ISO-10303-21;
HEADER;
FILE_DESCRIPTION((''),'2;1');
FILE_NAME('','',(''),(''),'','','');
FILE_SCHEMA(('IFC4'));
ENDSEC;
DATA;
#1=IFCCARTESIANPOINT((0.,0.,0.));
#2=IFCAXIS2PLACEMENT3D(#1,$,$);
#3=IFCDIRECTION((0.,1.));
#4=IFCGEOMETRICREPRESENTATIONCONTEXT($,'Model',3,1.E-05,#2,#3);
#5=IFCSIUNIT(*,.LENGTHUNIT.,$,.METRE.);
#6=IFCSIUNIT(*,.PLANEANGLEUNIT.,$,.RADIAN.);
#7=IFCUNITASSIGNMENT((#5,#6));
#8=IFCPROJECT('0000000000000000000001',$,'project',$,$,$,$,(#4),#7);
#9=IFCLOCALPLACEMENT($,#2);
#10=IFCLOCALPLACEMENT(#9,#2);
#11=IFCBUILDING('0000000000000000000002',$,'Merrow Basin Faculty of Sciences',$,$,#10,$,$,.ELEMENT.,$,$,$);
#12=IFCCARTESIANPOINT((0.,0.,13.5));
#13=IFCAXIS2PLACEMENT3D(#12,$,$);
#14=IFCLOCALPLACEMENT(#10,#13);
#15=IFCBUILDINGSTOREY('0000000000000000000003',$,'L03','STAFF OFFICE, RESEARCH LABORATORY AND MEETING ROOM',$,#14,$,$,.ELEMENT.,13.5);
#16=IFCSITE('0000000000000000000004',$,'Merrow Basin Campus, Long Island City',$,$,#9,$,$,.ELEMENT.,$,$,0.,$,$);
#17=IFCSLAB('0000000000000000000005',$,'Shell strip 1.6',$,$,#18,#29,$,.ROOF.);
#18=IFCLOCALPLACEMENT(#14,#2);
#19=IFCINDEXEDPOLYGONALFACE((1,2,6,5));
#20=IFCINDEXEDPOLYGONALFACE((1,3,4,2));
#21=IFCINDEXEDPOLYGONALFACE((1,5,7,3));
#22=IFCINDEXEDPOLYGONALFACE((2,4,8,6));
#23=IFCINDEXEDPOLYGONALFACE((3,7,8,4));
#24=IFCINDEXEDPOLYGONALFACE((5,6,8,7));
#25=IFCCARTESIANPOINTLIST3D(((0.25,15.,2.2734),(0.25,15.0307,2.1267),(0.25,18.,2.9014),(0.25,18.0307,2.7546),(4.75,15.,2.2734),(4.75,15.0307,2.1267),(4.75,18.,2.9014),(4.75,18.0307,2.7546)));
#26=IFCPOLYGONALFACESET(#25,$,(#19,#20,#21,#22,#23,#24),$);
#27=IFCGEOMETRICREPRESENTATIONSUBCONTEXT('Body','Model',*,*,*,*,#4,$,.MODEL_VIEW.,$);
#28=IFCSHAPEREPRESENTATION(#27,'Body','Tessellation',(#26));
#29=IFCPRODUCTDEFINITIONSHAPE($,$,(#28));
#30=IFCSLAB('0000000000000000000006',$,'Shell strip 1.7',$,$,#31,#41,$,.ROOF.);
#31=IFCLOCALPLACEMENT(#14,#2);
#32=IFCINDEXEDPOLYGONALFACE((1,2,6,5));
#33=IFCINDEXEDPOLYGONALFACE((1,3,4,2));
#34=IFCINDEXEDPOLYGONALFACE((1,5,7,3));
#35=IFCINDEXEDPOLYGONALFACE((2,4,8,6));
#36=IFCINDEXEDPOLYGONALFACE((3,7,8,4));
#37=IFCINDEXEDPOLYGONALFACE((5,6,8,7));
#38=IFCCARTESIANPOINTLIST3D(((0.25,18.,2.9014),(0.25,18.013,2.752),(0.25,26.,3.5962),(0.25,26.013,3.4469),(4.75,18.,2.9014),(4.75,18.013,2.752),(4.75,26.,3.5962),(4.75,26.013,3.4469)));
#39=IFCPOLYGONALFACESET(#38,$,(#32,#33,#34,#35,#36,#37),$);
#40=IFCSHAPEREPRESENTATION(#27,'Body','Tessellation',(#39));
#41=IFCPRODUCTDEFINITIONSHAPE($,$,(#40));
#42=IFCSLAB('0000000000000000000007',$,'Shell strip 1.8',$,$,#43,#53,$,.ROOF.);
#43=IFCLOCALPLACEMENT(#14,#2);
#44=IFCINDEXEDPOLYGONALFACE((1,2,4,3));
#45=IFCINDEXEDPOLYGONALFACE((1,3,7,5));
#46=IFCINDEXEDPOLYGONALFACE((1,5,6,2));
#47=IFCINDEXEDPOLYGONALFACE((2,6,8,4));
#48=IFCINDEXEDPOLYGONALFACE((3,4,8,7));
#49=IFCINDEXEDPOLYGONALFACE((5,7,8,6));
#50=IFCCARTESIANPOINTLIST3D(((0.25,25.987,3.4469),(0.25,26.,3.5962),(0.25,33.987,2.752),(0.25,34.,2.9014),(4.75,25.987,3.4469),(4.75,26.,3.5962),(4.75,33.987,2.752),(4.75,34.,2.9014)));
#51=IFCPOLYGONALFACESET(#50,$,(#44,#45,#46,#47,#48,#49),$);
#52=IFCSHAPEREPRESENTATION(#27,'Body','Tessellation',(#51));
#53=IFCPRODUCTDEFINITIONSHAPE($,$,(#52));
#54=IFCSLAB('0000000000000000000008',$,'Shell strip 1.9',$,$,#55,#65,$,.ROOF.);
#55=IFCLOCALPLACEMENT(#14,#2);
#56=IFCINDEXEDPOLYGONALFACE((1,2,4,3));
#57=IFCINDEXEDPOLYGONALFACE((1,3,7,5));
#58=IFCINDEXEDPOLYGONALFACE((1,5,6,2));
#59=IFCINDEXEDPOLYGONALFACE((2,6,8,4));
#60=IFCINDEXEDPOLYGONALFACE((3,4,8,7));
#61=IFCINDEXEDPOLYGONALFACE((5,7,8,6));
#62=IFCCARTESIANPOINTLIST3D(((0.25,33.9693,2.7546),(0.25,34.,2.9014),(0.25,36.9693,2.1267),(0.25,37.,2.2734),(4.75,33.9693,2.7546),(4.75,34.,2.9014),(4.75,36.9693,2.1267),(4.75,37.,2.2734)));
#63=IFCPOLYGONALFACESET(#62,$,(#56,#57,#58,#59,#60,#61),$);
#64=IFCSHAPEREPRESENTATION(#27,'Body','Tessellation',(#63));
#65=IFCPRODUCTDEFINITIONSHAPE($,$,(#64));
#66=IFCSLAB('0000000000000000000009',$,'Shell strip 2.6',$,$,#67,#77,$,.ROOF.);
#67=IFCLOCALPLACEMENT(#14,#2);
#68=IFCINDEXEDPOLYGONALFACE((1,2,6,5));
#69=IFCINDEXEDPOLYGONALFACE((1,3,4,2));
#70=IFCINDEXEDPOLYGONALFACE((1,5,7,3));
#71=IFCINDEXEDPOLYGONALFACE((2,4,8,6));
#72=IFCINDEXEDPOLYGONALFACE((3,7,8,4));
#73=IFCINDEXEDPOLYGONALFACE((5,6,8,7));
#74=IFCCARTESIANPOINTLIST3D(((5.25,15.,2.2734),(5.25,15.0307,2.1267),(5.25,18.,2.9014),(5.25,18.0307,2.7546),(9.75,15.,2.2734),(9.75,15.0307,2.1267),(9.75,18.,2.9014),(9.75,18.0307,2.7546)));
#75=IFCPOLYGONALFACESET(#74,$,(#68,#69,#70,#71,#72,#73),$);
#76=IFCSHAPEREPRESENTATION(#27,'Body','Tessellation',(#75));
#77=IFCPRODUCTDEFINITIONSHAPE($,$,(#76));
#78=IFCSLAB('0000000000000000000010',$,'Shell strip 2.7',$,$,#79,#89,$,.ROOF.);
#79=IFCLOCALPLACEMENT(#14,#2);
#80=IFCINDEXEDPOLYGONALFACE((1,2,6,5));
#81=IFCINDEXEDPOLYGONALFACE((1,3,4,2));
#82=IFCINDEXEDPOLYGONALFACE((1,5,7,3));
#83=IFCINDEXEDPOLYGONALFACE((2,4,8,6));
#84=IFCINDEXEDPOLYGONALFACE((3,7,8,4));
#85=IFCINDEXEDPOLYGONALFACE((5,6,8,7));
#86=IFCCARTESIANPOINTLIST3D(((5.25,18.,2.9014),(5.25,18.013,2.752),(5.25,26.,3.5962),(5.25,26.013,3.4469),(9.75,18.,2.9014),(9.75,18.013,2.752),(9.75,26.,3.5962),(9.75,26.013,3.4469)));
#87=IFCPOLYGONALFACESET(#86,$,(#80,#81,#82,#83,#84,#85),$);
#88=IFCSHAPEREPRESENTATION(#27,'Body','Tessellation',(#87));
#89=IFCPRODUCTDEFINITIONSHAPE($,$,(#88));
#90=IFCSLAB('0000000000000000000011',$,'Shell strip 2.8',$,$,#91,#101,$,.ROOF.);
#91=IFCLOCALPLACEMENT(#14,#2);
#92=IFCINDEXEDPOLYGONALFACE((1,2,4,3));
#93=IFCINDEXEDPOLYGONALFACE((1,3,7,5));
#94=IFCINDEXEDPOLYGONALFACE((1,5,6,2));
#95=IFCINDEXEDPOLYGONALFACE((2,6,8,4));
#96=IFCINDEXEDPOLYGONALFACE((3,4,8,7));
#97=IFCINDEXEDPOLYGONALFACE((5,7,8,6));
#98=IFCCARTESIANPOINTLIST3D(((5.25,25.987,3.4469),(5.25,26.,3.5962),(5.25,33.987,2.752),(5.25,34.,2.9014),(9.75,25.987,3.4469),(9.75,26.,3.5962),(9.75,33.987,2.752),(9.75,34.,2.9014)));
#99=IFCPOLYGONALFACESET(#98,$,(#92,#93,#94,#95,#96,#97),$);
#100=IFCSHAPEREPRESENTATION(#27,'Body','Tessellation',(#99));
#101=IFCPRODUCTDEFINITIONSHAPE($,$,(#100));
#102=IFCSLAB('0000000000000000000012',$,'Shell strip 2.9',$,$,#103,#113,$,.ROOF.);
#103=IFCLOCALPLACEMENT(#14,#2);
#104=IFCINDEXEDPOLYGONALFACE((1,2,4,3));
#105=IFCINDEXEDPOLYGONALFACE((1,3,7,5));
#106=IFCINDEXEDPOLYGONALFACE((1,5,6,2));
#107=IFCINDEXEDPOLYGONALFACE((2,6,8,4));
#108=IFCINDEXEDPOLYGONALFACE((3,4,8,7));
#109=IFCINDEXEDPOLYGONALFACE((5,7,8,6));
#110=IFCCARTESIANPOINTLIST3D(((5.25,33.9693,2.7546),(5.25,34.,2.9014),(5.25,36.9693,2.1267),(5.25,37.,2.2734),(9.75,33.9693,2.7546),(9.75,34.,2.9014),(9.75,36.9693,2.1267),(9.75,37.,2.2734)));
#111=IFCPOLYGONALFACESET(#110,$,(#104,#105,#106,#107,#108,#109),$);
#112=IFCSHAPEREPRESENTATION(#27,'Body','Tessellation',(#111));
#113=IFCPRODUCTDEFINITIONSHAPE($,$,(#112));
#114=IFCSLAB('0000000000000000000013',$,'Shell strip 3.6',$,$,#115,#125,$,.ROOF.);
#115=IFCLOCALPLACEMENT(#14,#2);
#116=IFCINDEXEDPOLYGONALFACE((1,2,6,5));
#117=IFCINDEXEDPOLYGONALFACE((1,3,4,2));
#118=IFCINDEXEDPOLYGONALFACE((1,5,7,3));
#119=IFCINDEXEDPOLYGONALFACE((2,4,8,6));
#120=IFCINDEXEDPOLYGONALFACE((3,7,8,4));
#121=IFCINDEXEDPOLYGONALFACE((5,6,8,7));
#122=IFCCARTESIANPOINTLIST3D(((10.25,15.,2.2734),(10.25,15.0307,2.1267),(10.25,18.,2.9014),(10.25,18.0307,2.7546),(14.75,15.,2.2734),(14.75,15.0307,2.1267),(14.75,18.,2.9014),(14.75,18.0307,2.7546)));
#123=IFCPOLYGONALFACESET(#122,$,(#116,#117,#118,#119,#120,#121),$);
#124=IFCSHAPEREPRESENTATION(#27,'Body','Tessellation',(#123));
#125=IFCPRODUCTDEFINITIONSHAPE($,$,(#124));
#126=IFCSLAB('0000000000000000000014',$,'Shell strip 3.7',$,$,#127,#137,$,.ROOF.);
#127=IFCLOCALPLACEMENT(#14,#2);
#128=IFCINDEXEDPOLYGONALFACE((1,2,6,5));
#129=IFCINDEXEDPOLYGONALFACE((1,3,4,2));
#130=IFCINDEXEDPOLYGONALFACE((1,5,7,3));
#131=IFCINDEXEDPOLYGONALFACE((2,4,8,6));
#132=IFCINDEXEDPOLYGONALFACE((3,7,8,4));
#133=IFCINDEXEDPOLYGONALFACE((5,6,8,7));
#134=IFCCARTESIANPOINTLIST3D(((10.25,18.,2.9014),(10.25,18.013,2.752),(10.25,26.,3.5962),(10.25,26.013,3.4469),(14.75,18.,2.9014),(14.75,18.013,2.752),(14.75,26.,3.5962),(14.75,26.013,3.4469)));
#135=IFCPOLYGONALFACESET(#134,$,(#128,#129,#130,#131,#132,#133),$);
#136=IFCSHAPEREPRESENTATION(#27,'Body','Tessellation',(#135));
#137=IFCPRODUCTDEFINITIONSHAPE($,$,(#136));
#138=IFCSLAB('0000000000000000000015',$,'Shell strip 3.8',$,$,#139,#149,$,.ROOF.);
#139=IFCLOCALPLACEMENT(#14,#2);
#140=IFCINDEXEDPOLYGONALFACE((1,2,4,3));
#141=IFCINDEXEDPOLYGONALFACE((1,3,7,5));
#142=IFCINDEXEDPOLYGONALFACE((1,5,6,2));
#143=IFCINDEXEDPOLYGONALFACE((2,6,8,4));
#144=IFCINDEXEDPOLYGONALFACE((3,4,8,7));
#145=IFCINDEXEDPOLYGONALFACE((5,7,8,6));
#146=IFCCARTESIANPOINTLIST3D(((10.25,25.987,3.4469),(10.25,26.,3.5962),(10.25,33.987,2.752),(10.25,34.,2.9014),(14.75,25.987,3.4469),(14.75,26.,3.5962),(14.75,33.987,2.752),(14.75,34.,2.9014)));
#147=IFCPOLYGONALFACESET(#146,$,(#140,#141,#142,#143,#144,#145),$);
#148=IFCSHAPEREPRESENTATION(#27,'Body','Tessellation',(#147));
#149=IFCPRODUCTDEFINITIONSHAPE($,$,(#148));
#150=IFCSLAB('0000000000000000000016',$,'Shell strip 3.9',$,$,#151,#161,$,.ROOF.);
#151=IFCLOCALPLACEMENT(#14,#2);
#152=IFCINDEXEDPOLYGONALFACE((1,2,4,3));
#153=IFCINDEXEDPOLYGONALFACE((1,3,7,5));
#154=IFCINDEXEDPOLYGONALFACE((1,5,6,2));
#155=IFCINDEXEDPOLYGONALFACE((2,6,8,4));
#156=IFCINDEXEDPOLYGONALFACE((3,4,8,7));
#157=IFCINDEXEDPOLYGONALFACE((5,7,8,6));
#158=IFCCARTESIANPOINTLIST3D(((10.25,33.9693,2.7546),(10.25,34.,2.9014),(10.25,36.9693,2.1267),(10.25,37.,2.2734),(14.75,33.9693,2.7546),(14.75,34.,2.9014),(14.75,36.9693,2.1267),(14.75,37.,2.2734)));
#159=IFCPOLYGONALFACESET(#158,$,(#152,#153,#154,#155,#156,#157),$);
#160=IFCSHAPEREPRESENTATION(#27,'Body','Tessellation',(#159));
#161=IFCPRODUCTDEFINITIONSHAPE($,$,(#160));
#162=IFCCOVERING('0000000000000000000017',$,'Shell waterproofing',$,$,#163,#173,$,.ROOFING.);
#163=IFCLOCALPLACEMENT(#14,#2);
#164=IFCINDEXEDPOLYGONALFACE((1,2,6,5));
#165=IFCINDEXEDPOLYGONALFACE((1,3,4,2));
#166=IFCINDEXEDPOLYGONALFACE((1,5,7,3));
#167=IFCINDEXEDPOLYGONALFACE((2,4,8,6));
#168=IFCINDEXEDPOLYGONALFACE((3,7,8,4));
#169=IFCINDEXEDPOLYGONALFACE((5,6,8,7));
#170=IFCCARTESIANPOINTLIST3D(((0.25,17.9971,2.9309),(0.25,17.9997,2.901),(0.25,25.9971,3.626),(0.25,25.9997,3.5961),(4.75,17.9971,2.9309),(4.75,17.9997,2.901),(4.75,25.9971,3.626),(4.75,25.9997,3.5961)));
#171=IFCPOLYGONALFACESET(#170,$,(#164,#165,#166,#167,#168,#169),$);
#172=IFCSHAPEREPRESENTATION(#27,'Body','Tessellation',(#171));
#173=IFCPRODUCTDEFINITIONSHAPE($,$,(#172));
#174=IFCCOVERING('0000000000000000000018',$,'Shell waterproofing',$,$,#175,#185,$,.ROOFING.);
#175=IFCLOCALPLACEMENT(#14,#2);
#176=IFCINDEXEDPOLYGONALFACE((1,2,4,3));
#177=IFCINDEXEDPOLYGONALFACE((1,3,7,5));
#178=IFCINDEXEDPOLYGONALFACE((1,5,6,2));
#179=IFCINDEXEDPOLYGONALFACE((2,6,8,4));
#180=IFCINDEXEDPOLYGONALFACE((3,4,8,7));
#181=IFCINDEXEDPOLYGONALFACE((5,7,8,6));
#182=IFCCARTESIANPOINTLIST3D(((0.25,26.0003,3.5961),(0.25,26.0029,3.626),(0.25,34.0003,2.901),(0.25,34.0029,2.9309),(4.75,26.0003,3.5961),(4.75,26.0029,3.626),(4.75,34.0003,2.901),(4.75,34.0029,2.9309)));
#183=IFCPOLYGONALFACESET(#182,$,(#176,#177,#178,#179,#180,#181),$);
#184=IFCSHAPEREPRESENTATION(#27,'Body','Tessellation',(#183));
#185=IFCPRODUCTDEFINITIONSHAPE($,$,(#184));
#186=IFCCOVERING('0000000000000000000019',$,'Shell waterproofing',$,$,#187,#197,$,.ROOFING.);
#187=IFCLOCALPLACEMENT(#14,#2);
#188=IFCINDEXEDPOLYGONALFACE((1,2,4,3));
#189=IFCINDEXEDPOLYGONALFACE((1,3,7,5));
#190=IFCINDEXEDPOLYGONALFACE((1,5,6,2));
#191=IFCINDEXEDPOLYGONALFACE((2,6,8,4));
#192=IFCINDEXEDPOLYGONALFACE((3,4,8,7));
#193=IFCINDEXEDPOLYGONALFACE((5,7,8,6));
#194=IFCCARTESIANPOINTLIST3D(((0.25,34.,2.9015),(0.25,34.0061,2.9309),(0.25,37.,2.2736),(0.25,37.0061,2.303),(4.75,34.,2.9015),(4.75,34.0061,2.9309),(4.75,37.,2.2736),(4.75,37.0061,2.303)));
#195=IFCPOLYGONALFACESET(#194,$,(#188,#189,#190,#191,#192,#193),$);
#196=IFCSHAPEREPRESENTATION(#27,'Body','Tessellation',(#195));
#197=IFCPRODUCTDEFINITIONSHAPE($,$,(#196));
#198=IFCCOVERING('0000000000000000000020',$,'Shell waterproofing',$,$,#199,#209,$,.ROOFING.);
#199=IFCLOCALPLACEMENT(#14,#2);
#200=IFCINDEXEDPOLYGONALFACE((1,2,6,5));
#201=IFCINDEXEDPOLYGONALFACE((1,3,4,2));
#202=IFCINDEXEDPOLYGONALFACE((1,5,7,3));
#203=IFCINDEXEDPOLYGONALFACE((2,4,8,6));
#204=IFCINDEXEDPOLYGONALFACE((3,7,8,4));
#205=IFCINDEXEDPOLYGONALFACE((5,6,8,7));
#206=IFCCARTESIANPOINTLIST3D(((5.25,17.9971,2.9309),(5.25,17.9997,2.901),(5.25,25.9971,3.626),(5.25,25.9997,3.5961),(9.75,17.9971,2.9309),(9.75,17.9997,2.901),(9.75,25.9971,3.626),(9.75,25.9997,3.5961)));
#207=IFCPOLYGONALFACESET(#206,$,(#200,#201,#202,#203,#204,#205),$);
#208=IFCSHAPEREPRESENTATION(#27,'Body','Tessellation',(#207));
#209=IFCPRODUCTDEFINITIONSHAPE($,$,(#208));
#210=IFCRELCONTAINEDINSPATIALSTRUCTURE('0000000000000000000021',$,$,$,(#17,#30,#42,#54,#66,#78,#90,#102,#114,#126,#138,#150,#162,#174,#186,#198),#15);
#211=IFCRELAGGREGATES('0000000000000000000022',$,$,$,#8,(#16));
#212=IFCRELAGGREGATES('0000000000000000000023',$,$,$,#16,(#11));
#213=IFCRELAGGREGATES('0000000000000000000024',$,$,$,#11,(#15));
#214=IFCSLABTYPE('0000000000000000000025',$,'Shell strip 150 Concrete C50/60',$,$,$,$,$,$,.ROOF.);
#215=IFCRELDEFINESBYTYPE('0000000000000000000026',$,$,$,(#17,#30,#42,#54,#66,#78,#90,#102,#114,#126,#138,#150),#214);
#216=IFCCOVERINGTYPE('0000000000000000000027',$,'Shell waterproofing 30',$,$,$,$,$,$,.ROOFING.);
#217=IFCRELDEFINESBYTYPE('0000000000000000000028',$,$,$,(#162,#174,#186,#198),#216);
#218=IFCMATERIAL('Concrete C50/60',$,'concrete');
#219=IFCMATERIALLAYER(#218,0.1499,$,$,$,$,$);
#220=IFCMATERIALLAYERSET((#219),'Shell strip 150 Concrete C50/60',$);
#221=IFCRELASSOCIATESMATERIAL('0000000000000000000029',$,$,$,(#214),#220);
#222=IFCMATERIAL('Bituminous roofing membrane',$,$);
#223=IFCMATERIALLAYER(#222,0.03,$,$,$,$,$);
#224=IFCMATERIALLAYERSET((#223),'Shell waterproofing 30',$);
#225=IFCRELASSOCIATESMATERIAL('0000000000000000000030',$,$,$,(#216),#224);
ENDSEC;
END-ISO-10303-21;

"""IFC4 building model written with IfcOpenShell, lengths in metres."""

from ifc_helpers import new_model, si_unit, direction, frame, origin, place, context, subcontext, project, spatial, polyline, outline, extrude, material, layer, layer_set, type_object, element, save


model = new_model("IFC4")

# Units and contexts
model_context = context("Model", 3, precision=1e-05, world=origin(), true_north=direction((0.0, 1.0)))
body_context = subcontext(model_context, "Body", "Model", "MODEL_VIEW")
ifc_project = project(units=[si_unit("LENGTHUNIT", "METRE"), si_unit("PLANEANGLEUNIT", "RADIAN")], contexts=[model_context])

# Site, building, storey
site_placement = place(None, origin())
site = spatial("IfcSite", under=ifc_project, at=site_placement, Name="Merrow Basin Campus, Long Island City", CompositionType="ELEMENT", RefElevation=0.0)
building_placement = place(site_placement, origin())
building = spatial("IfcBuilding", under=site, at=building_placement, Name="Merrow Basin Faculty of Sciences", CompositionType="ELEMENT")
storey_placement = place(building_placement, frame((0.0, 0.0, 13.5)))
storey = spatial("IfcBuildingStorey", under=building, at=storey_placement, Name="L03", Description="STAFF OFFICE, RESEARCH LABORATORY AND MEETING ROOM", CompositionType="ELEMENT", Elevation=13.5)

# Slabs
ifc_material_1 = material(Name="Concrete C50/60", Category="concrete")
ifc_layer_1 = layer(ifc_material_1, 0.1499)
ifc_layer_set_1 = layer_set([ifc_layer_1], Name="Shell strip 150 Concrete C50/60")
slab_type = type_object("IfcSlabType", Name="Shell strip 150 Concrete C50/60", PredefinedType="ROOF", material=ifc_layer_set_1)
slab_1_placement = place(storey_placement, frame((0.25, 15.0, 2.2734), z_axis=(0.0, -0.20487, 0.978789), x_axis=(1.0, 0.0, 0.0)))
element("IfcSlab", 1, at=slab_1_placement, inside=storey, type_object=slab_type, Name="Shell strip 1.6", PredefinedType="ROOF", context=body_context, shape_type="SweptSolid", body=[
    extrude(outline(polyline([(0.0, 0.0), (4.5, 0.0), (4.5, 3.065), (0.0, 3.065), (0.0, 0.0)])), origin(), (0.0, 0.0, -1.0), 0.1499),
])
for number, where, z_axis, x_axis, name in (
    (2, (0.25, 18.0, 2.9014), (0.0, -0.086527, 0.996249), (1.0, 0.0, 0.0), "Shell strip 1.7"),
    (3, (0.25, 26.0, 3.5962), (0.0, 0.086527, 0.996249), (1.0, 0.0, 0.0), "Shell strip 1.8"),
):
    element("IfcSlab", number, at=place(storey_placement, frame(where, z_axis=z_axis, x_axis=x_axis)), inside=storey, type_object=slab_type, Name=name, PredefinedType="ROOF", context=body_context, shape_type="SweptSolid", body=[
        extrude(outline(polyline([(0.0, 0.0), (4.5, 0.0), (4.5, 8.0301), (0.0, 8.0301), (0.0, 0.0)])), origin(), (0.0, 0.0, -1.0), 0.1499),
    ])
for number, where, z_axis, x_axis, name in (
    (4, (0.25, 34.0, 2.9014), (0.0, 0.20487, 0.978789), (1.0, 0.0, 0.0), "Shell strip 1.9"),
    (5, (5.25, 15.0, 2.2734), (0.0, -0.20487, 0.978789), (1.0, 0.0, 0.0), "Shell strip 2.6"),
):
    element("IfcSlab", number, at=place(storey_placement, frame(where, z_axis=z_axis, x_axis=x_axis)), inside=storey, type_object=slab_type, Name=name, PredefinedType="ROOF", context=body_context, shape_type="SweptSolid", body=[
        extrude(outline(polyline([(0.0, 0.0), (4.5, 0.0), (4.5, 3.065), (0.0, 3.065), (0.0, 0.0)])), origin(), (0.0, 0.0, -1.0), 0.1499),
    ])
for number, where, z_axis, x_axis, name in (
    (6, (5.25, 18.0, 2.9014), (0.0, -0.086527, 0.996249), (1.0, 0.0, 0.0), "Shell strip 2.7"),
    (7, (5.25, 26.0, 3.5962), (0.0, 0.086527, 0.996249), (1.0, 0.0, 0.0), "Shell strip 2.8"),
):
    element("IfcSlab", number, at=place(storey_placement, frame(where, z_axis=z_axis, x_axis=x_axis)), inside=storey, type_object=slab_type, Name=name, PredefinedType="ROOF", context=body_context, shape_type="SweptSolid", body=[
        extrude(outline(polyline([(0.0, 0.0), (4.5, 0.0), (4.5, 8.0301), (0.0, 8.0301), (0.0, 0.0)])), origin(), (0.0, 0.0, -1.0), 0.1499),
    ])
for number, where, z_axis, x_axis, name in (
    (8, (5.25, 34.0, 2.9014), (0.0, 0.20487, 0.978789), (1.0, 0.0, 0.0), "Shell strip 2.9"),
    (9, (10.25, 15.0, 2.2734), (0.0, -0.20487, 0.978789), (1.0, 0.0, 0.0), "Shell strip 3.6"),
):
    element("IfcSlab", number, at=place(storey_placement, frame(where, z_axis=z_axis, x_axis=x_axis)), inside=storey, type_object=slab_type, Name=name, PredefinedType="ROOF", context=body_context, shape_type="SweptSolid", body=[
        extrude(outline(polyline([(0.0, 0.0), (4.5, 0.0), (4.5, 3.065), (0.0, 3.065), (0.0, 0.0)])), origin(), (0.0, 0.0, -1.0), 0.1499),
    ])
for number, where, z_axis, x_axis, name in (
    (10, (10.25, 18.0, 2.9014), (0.0, -0.086527, 0.996249), (1.0, 0.0, 0.0), "Shell strip 3.7"),
    (11, (10.25, 26.0, 3.5962), (0.0, 0.086527, 0.996249), (1.0, 0.0, 0.0), "Shell strip 3.8"),
):
    element("IfcSlab", number, at=place(storey_placement, frame(where, z_axis=z_axis, x_axis=x_axis)), inside=storey, type_object=slab_type, Name=name, PredefinedType="ROOF", context=body_context, shape_type="SweptSolid", body=[
        extrude(outline(polyline([(0.0, 0.0), (4.5, 0.0), (4.5, 8.0301), (0.0, 8.0301), (0.0, 0.0)])), origin(), (0.0, 0.0, -1.0), 0.1499),
    ])
slab_2_placement = place(storey_placement, frame((10.25, 34.0, 2.9014), z_axis=(0.0, 0.20487, 0.978789), x_axis=(1.0, 0.0, 0.0)))
element("IfcSlab", 12, at=slab_2_placement, inside=storey, type_object=slab_type, Name="Shell strip 3.9", PredefinedType="ROOF", context=body_context, shape_type="SweptSolid", body=[
    extrude(outline(polyline([(0.0, 0.0), (4.5, 0.0), (4.5, 3.065), (0.0, 3.065), (0.0, 0.0)])), origin(), (0.0, 0.0, -1.0), 0.1499),
])

# Coverings
ifc_material_2 = material(Name="Bituminous roofing membrane")
ifc_layer_2 = layer(ifc_material_2, 0.03)
ifc_layer_set_2 = layer_set([ifc_layer_2], Name="Shell waterproofing 30")
covering_type = type_object("IfcCoveringType", Name="Shell waterproofing 30", PredefinedType="ROOFING", material=ifc_layer_set_2)
for number, where, z_axis, x_axis, name in (
    (13, (0.25, 17.9971, 2.9309), (0.0, -0.086557, 0.996247), (1.0, 0.0, 0.0), "Shell waterproofing"),
    (14, (0.25, 26.0029, 3.626), (0.0, 0.086557, 0.996247), (1.0, 0.0, 0.0), "Shell waterproofing"),
):
    element("IfcCovering", number, at=place(storey_placement, frame(where, z_axis=z_axis, x_axis=x_axis)), inside=storey, type_object=covering_type, Name=name, PredefinedType="ROOFING", context=body_context, shape_type="SweptSolid", body=[
        extrude(outline(polyline([(0.0, 0.0), (4.5, 0.0), (4.5, 8.0301), (0.0, 8.0301), (0.0, 0.0)])), origin(), (0.0, 0.0, -1.0), 0.03),
    ])
covering_1_placement = place(storey_placement, frame((0.25, 34.0061, 2.9309), z_axis=(0.0, 0.20487, 0.978789), x_axis=(1.0, 0.0, 0.0)))
element("IfcCovering", 15, at=covering_1_placement, inside=storey, type_object=covering_type, Name="Shell waterproofing", PredefinedType="ROOFING", context=body_context, shape_type="SweptSolid", body=[
    extrude(outline(polyline([(0.0, 0.0), (4.5, 0.0), (4.5, 3.065), (0.0, 3.065), (0.0, 0.0)])), origin(), (0.0, 0.0, -1.0), 0.03),
])
for number, where, z_axis, x_axis, name in (
    (16, (5.25, 17.9971, 2.9309), (0.0, -0.086557, 0.996247), (1.0, 0.0, 0.0), "Shell waterproofing"),
):
    element("IfcCovering", number, at=place(storey_placement, frame(where, z_axis=z_axis, x_axis=x_axis)), inside=storey, type_object=covering_type, Name=name, PredefinedType="ROOFING", context=body_context, shape_type="SweptSolid", body=[
        extrude(outline(polyline([(0.0, 0.0), (4.5, 0.0), (4.5, 8.0301), (0.0, 8.0301), (0.0, 0.0)])), origin(), (0.0, 0.0, -1.0), 0.03),
    ])

save(model, "model.ifc")
